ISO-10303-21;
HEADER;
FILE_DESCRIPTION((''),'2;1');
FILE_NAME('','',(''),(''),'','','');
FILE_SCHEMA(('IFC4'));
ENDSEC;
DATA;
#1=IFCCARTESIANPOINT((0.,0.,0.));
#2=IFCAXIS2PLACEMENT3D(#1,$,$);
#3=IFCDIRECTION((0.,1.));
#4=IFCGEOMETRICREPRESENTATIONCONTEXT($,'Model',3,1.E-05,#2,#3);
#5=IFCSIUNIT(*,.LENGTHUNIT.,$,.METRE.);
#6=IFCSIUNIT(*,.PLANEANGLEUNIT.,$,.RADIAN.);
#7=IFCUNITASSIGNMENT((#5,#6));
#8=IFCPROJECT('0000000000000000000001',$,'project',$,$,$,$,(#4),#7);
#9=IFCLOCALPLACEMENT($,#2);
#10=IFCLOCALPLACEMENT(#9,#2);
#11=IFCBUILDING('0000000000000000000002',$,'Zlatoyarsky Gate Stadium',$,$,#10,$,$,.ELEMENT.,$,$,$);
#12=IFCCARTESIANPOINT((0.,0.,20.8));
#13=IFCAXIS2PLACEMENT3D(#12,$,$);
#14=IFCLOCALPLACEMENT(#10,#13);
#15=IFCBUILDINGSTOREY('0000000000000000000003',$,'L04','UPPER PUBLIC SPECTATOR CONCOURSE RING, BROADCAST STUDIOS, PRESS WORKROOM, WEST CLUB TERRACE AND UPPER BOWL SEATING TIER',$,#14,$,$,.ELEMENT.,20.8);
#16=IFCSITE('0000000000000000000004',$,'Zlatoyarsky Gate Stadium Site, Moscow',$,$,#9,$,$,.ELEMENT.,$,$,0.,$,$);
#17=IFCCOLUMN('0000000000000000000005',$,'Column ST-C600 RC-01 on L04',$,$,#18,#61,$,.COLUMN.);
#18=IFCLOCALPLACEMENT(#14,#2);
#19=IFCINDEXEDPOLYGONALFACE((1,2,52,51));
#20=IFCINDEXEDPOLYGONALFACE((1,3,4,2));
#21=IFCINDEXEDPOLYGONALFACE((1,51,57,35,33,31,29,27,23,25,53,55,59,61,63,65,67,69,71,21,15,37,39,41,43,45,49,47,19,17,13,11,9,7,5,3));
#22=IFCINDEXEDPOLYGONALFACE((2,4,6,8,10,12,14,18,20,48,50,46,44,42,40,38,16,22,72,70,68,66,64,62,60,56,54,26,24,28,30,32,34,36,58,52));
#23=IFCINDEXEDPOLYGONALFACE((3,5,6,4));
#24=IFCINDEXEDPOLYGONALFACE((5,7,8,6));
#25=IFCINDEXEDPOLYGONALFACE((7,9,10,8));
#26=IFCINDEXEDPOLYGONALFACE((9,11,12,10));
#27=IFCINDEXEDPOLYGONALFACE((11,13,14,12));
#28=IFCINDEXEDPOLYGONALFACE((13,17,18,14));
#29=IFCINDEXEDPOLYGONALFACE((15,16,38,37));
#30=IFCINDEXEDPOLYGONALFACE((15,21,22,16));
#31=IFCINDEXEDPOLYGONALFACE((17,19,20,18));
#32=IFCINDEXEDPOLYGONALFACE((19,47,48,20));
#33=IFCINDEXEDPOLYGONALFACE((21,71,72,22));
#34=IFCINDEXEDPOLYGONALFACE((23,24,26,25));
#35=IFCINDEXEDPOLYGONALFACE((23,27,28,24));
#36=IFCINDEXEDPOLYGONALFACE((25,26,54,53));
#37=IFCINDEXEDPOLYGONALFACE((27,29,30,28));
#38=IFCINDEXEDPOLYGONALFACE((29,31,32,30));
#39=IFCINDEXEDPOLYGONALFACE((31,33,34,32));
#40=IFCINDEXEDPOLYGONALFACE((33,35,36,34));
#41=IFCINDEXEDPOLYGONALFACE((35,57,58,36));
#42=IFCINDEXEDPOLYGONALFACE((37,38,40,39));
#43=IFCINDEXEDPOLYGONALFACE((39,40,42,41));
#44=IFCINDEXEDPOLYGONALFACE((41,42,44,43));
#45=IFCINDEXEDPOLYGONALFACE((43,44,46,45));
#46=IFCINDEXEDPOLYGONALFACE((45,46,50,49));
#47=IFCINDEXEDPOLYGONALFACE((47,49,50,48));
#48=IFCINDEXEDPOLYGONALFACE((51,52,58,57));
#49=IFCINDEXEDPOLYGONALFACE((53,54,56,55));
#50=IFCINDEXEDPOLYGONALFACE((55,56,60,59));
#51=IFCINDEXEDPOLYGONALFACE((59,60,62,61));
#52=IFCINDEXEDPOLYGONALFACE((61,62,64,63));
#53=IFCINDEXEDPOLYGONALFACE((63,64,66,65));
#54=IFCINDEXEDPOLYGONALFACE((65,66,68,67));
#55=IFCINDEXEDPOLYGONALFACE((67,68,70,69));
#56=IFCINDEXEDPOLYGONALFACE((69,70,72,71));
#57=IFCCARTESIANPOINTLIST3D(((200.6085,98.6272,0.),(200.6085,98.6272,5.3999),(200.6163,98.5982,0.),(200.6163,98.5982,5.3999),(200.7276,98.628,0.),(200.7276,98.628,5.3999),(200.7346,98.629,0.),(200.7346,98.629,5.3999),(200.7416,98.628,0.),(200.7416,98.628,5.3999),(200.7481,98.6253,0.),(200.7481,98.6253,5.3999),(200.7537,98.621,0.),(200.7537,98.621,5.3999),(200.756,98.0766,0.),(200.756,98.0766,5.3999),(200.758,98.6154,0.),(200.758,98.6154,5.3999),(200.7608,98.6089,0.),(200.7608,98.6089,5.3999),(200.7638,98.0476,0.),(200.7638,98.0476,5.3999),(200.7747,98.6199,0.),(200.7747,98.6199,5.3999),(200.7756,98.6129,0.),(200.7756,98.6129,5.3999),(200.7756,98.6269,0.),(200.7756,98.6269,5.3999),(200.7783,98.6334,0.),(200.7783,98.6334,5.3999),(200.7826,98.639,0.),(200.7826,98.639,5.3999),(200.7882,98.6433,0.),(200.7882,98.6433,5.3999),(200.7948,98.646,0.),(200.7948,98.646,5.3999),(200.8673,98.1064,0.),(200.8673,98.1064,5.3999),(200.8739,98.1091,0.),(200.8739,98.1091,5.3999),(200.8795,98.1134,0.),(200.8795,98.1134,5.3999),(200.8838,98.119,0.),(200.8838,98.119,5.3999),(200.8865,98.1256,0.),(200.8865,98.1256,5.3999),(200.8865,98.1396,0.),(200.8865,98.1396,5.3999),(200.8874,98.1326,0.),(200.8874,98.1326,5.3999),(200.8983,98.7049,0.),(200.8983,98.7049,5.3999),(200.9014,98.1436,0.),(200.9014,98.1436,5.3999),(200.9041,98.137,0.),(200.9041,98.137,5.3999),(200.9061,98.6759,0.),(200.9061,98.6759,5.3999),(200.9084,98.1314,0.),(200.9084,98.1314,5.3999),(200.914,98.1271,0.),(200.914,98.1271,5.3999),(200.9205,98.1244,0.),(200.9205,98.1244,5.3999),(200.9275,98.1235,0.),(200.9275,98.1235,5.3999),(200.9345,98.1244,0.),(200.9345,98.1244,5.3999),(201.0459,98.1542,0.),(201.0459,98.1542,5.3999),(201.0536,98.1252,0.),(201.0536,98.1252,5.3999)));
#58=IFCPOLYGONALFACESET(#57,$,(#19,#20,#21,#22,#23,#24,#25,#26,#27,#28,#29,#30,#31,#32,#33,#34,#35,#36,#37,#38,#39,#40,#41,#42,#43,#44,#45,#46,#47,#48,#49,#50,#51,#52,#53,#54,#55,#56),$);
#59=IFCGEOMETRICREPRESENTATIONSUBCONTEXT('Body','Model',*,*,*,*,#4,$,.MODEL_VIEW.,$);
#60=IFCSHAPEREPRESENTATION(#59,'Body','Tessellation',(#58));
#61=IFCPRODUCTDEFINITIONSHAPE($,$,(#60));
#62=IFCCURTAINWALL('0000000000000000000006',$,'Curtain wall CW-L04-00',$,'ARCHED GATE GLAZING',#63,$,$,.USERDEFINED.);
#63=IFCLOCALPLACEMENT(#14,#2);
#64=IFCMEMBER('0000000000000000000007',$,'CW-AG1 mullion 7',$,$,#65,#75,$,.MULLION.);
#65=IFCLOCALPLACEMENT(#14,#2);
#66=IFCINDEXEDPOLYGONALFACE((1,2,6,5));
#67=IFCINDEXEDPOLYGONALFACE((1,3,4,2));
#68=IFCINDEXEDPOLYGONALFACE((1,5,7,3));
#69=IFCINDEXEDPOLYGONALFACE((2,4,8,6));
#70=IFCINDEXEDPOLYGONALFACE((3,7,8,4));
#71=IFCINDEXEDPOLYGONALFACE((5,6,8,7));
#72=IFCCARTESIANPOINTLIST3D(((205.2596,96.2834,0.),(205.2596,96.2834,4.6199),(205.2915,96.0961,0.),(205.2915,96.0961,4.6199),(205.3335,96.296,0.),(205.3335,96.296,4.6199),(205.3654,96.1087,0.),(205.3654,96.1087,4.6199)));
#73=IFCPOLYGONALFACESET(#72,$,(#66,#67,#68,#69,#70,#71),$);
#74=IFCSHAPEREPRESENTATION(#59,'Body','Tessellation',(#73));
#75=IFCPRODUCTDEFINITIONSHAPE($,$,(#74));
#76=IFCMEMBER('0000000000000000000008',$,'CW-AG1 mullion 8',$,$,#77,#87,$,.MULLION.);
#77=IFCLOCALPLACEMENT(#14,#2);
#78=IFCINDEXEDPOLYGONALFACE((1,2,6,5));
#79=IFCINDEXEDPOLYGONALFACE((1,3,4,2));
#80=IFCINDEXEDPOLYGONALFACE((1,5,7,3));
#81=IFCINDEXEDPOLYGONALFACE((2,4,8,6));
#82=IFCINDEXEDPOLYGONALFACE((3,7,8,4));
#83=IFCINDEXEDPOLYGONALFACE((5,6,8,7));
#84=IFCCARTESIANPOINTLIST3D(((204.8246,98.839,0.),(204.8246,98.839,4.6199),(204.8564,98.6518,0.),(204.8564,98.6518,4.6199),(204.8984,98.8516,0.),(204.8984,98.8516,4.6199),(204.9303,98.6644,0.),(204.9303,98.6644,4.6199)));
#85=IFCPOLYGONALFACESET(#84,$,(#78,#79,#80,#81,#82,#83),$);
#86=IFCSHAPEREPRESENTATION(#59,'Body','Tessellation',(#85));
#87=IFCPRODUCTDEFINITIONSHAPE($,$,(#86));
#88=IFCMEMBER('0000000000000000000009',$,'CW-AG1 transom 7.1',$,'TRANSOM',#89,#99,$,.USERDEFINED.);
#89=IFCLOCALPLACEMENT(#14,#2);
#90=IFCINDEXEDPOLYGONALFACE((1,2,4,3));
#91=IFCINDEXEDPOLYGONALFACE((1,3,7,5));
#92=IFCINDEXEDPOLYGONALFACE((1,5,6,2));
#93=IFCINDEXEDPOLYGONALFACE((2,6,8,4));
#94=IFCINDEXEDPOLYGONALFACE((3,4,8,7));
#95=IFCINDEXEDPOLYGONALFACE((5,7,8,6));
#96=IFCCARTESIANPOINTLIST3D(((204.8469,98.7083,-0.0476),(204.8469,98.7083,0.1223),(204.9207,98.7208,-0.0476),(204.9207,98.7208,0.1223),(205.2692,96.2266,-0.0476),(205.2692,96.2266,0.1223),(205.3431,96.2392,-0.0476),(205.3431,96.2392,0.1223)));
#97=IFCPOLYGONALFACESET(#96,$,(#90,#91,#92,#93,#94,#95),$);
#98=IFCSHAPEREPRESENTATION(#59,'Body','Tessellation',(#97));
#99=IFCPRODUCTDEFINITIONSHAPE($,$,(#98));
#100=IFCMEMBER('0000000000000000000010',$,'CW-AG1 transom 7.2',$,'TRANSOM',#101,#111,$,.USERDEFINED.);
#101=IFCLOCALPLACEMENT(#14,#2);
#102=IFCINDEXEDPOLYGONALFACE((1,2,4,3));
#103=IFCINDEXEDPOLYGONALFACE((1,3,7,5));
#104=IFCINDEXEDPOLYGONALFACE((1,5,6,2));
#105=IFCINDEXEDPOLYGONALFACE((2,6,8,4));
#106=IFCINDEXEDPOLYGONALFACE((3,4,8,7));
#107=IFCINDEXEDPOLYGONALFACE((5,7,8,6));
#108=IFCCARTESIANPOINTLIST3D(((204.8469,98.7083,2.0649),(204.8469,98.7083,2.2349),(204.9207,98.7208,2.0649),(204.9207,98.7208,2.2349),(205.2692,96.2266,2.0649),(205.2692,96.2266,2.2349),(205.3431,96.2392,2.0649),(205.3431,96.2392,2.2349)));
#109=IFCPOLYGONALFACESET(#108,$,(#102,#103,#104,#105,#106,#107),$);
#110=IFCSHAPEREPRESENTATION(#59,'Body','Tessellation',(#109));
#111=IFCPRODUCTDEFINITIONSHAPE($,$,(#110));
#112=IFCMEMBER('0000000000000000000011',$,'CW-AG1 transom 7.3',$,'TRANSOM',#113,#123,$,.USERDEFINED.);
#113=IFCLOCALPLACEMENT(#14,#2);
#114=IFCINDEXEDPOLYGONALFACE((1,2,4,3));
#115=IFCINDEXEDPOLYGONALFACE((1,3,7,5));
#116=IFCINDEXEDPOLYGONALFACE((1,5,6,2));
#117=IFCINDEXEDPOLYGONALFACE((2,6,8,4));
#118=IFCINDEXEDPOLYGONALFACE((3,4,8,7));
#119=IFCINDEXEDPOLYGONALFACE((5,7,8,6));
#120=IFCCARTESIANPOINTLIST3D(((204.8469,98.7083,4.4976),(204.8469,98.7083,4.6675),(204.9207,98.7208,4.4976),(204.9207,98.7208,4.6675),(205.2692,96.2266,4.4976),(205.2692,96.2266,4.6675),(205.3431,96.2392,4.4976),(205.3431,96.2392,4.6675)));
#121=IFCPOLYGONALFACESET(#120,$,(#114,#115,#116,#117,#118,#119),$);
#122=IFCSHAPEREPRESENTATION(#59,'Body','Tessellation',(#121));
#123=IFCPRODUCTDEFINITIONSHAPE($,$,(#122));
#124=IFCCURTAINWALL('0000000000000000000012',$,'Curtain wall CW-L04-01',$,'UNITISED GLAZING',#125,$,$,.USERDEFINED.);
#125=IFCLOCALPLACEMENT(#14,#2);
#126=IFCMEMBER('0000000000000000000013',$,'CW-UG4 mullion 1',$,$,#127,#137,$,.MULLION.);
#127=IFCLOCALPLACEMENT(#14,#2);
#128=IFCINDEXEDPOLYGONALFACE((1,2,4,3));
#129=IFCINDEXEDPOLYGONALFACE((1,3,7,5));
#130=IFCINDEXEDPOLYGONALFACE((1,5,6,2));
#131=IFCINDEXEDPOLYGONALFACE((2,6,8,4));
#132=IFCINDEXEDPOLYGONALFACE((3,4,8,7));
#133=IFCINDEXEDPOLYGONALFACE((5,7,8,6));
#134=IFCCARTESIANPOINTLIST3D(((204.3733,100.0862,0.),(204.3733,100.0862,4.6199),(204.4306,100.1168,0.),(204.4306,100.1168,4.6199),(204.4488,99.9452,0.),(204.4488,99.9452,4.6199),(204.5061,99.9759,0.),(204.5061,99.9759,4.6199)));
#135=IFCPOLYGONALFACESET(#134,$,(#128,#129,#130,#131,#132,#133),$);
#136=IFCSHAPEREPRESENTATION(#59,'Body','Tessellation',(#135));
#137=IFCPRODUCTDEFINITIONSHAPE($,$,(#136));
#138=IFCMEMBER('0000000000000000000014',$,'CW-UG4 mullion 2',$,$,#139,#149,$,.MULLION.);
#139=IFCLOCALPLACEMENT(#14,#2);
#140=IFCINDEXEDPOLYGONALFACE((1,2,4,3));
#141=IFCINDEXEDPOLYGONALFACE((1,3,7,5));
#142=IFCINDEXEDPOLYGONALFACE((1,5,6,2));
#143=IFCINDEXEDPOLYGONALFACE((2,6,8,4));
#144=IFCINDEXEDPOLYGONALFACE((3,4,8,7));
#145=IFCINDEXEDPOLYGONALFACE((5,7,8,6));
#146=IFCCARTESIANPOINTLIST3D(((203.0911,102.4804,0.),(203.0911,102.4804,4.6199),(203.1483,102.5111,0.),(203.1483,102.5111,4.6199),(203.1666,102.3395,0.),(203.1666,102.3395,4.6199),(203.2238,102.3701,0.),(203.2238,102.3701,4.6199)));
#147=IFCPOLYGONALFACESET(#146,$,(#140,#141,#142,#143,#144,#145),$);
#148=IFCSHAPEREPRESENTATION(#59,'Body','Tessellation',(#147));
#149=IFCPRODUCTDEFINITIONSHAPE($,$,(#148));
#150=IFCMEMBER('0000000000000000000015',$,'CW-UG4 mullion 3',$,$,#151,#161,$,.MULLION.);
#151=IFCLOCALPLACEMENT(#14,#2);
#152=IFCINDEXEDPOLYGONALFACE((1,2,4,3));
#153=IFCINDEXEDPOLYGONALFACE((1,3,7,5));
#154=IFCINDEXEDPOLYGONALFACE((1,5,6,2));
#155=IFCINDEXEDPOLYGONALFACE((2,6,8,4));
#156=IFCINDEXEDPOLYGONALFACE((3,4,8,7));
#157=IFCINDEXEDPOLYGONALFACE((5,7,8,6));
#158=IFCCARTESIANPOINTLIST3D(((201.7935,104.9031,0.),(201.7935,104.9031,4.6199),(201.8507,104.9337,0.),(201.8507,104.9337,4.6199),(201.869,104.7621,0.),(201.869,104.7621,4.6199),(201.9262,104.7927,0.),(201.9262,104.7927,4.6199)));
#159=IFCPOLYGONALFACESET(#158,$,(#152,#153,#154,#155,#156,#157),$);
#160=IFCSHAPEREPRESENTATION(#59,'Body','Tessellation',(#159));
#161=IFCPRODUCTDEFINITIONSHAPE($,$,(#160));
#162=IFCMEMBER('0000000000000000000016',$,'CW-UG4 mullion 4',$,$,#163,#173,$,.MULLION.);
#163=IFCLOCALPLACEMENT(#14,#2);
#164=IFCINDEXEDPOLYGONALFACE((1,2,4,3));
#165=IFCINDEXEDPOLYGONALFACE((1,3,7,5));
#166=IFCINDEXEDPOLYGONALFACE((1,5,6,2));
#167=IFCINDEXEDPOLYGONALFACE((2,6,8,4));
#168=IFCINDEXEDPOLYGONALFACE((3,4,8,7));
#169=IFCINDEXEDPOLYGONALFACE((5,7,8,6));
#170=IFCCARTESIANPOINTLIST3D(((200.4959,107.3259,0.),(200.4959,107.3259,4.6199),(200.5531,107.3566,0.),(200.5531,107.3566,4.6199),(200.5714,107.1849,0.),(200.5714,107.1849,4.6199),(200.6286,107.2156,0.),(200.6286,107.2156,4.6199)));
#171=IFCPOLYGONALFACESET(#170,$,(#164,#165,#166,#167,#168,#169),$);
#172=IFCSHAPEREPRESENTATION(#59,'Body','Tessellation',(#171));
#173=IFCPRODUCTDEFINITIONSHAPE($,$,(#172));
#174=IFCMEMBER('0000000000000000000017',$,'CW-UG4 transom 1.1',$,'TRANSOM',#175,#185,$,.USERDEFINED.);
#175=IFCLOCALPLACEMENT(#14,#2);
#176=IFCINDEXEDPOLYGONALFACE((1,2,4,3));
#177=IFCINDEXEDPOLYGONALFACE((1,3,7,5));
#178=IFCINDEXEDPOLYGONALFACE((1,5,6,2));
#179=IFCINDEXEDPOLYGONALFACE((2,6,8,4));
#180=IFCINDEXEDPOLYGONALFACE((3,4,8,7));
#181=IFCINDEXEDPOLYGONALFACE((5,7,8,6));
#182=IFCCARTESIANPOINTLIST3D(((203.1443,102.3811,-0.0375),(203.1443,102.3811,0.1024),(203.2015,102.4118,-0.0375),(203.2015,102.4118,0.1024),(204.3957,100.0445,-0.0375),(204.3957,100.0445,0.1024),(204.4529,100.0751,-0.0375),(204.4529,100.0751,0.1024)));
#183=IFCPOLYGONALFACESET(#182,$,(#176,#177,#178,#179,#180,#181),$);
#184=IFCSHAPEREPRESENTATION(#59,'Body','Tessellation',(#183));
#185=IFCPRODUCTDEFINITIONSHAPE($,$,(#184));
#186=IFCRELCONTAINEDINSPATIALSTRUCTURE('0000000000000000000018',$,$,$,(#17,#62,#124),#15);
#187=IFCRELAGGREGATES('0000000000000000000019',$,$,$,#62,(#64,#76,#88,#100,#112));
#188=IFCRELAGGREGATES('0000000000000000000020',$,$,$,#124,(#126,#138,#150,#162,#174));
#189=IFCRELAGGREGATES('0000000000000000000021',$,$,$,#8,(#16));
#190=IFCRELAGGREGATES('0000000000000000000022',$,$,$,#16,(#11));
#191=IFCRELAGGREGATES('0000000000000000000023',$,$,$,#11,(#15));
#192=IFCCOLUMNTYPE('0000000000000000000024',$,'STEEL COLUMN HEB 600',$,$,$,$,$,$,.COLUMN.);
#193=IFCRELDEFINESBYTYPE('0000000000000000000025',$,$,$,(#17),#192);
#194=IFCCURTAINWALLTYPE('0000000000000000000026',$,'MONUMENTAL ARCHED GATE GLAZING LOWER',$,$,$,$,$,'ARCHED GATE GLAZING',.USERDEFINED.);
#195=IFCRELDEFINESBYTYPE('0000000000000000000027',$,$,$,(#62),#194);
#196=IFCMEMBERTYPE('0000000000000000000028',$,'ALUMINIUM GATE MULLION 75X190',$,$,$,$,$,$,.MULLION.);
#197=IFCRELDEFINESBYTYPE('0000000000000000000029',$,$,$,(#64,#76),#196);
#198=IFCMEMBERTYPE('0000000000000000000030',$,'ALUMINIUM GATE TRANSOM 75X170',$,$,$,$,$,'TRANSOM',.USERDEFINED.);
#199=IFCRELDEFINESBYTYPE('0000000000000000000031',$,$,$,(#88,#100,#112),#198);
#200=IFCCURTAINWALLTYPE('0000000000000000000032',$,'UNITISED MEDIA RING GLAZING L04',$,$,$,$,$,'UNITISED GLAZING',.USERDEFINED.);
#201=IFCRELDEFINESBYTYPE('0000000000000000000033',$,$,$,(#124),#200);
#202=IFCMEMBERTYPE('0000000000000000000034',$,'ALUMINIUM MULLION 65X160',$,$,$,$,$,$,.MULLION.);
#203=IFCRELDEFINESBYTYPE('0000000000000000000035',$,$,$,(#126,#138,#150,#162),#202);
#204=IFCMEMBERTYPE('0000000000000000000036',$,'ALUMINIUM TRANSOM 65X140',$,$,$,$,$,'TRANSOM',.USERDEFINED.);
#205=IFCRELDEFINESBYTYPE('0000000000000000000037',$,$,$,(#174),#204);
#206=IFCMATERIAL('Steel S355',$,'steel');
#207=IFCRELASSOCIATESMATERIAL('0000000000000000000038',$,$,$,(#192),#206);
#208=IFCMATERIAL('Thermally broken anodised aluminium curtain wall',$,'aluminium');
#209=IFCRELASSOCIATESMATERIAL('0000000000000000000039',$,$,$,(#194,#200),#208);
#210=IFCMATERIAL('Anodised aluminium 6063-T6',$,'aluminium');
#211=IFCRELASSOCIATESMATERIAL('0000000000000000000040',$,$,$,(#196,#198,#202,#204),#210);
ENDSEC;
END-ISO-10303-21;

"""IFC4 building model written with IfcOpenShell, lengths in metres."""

from ifc_helpers import new_model, si_unit, direction, frame, origin, origin_2d, place, context, subcontext, project, spatial, rectangle, i_section, extrude, material, material_profile, profile_set, type_object, element, aggregate, save


model = new_model("IFC4")

# Units and contexts
model_context = context("Model", 3, precision=1e-05, world=origin(), true_north=direction((0.0, 1.0)))
body_context = subcontext(model_context, "Body", "Model", "MODEL_VIEW")
ifc_project = project(units=[si_unit("LENGTHUNIT", "METRE"), si_unit("PLANEANGLEUNIT", "RADIAN")], contexts=[model_context])

# Site, building, storey
site_placement = place(None, origin())
site = spatial("IfcSite", under=ifc_project, at=site_placement, Name="Zlatoyarsky Gate Stadium Site, Moscow", CompositionType="ELEMENT", RefElevation=0.0)
building_placement = place(site_placement, origin())
building = spatial("IfcBuilding", under=site, at=building_placement, Name="Zlatoyarsky Gate Stadium", CompositionType="ELEMENT")
storey_placement = place(building_placement, frame((0.0, 0.0, 20.8)))
storey = spatial("IfcBuildingStorey", under=building, at=storey_placement, Name="L04", Description="UPPER PUBLIC SPECTATOR CONCOURSE RING, BROADCAST STUDIOS, PRESS WORKROOM, WEST CLUB TERRACE AND UPPER BOWL SEATING TIER", CompositionType="ELEMENT", Elevation=20.8)

# Column
ifc_material_1 = material(Name="Steel S355", Category="steel")
ifc_material_profile_1 = material_profile(ifc_material_1, i_section(OverallWidth=0.3, OverallDepth=0.6001, WebThickness=0.0154, FlangeThickness=0.03, FilletRadius=0.0271, at=origin_2d()), Name="HEB 600")
ifc_profile_set_1 = profile_set([ifc_material_profile_1], Name="Steel S355")
column_type = type_object("IfcColumnType", Name="STEEL COLUMN HEB 600", PredefinedType="COLUMN", material=ifc_profile_set_1)
column_placement = place(storey_placement, frame((200.8311, 98.3762, 0.0), z_axis=(0.0, 0.0, 1.0), x_axis=(0.965926, 0.258819, 0.0)))
element("IfcColumn", 1, at=column_placement, inside=storey, type_object=column_type, Name="Column ST-C600 RC-01 on L04", PredefinedType="COLUMN", context=body_context, shape_type="SweptSolid", body=[
    extrude(i_section(OverallWidth=0.3, OverallDepth=0.6001, WebThickness=0.0154, FlangeThickness=0.03, FilletRadius=0.0271, at=origin_2d()), origin(), (0.0, 0.0, 1.0), 5.3999),
])

# Curtain walls, members
ifc_material_2 = material(Name="Thermally broken anodised aluminium curtain wall", Category="aluminium")
curtain_wall_type_1 = type_object("IfcCurtainWallType", Name="MONUMENTAL ARCHED GATE GLAZING LOWER", ElementType="ARCHED GATE GLAZING", PredefinedType="USERDEFINED", material=ifc_material_2)
curtain_wall_1_placement = place(storey_placement, origin())
curtain_wall_1 = element("IfcCurtainWall", 2, at=curtain_wall_1_placement, inside=storey, type_object=curtain_wall_type_1, Name="Curtain wall CW-L04-00", ObjectType="ARCHED GATE GLAZING", PredefinedType="USERDEFINED")
ifc_material_3 = material(Name="Anodised aluminium 6063-T6", Category="aluminium")
ifc_material_profile_2 = material_profile(ifc_material_3, rectangle(XDim=0.075, YDim=0.1899, at=origin_2d()), Name="ALU 75X190")
ifc_profile_set_2 = profile_set([ifc_material_profile_2], Name="Anodised aluminium 6063-T6")
member_type_1 = type_object("IfcMemberType", Name="ALUMINIUM GATE MULLION 75X190", PredefinedType="MULLION", material=ifc_profile_set_2)
member_1_placement = place(storey_placement, frame((205.3125, 96.196, 0.0), z_axis=(0.0, 0.0, 1.0), x_axis=(-0.985817, -0.167821, 0.0)))
member_1 = element("IfcMember", 3, at=member_1_placement, type_object=member_type_1, Name="CW-AG1 mullion 7", PredefinedType="MULLION", context=body_context, shape_type="SweptSolid", body=[
    extrude(rectangle(XDim=0.075, YDim=0.1899, at=origin_2d()), origin(), (0.0, 0.0, 1.0), 4.6199),
])
member_2_placement = place(storey_placement, frame((204.8774, 98.7517, 0.0), z_axis=(0.0, 0.0, 1.0), x_axis=(-0.985817, -0.167821, 0.0)))
member_2 = element("IfcMember", 4, at=member_2_placement, type_object=member_type_1, Name="CW-AG1 mullion 8", PredefinedType="MULLION", context=body_context, shape_type="SweptSolid", body=[
    extrude(rectangle(XDim=0.075, YDim=0.1899, at=origin_2d()), origin(), (0.0, 0.0, 1.0), 4.6199),
])
ifc_material_profile_3 = material_profile(ifc_material_3, rectangle(XDim=0.075, YDim=0.1699, at=origin_2d()), Name="ALU 75X170")
ifc_profile_set_3 = profile_set([ifc_material_profile_3], Name="Anodised aluminium 6063-T6")
member_type_2 = type_object("IfcMemberType", Name="ALUMINIUM GATE TRANSOM 75X170", ElementType="TRANSOM", PredefinedType="USERDEFINED", material=ifc_profile_set_3)
member_3_placement = place(storey_placement, frame((205.3062, 96.2329, 0.0374), z_axis=(-0.167779, 0.985825, 0.0), x_axis=(-0.985825, -0.167779, 0.0)))
member_3 = element("IfcMember", 5, at=member_3_placement, type_object=member_type_2, Name="CW-AG1 transom 7.1", ObjectType="TRANSOM", PredefinedType="USERDEFINED", context=body_context, shape_type="SweptSolid", body=[
    extrude(rectangle(XDim=0.075, YDim=0.1699, at=origin_2d()), origin(), (0.0, 0.0, 1.0), 2.5173),
])
member_4_placement = place(storey_placement, frame((205.3062, 96.2329, 2.1499), z_axis=(-0.167779, 0.985825, 0.0), x_axis=(-0.985825, -0.167779, 0.0)))
member_4 = element("IfcMember", 6, at=member_4_placement, type_object=member_type_2, Name="CW-AG1 transom 7.2", ObjectType="TRANSOM", PredefinedType="USERDEFINED", context=body_context, shape_type="SweptSolid", body=[
    extrude(rectangle(XDim=0.075, YDim=0.1699, at=origin_2d()), origin(), (0.0, 0.0, 1.0), 2.5173),
])
member_5_placement = place(storey_placement, frame((205.3062, 96.2329, 4.5825), z_axis=(-0.167779, 0.985825, 0.0), x_axis=(-0.985825, -0.167779, 0.0)))
member_5 = element("IfcMember", 7, at=member_5_placement, type_object=member_type_2, Name="CW-AG1 transom 7.3", ObjectType="TRANSOM", PredefinedType="USERDEFINED", context=body_context, shape_type="SweptSolid", body=[
    extrude(rectangle(XDim=0.075, YDim=0.1699, at=origin_2d()), origin(), (0.0, 0.0, 1.0), 2.5173),
])
curtain_wall_type_2 = type_object("IfcCurtainWallType", Name="UNITISED MEDIA RING GLAZING L04", ElementType="UNITISED GLAZING", PredefinedType="USERDEFINED", material=ifc_material_2)
curtain_wall_2_placement = place(storey_placement, origin())
curtain_wall_2 = element("IfcCurtainWall", 8, at=curtain_wall_2_placement, inside=storey, type_object=curtain_wall_type_2, Name="Curtain wall CW-L04-01", ObjectType="UNITISED GLAZING", PredefinedType="USERDEFINED")
ifc_material_profile_4 = material_profile(ifc_material_3, rectangle(XDim=0.0649, YDim=0.1599, at=origin_2d()), Name="ALU 65X160")
ifc_profile_set_4 = profile_set([ifc_material_profile_4], Name="Anodised aluminium 6063-T6")
member_type_3 = type_object("IfcMemberType", Name="ALUMINIUM MULLION 65X160", PredefinedType="MULLION", material=ifc_profile_set_4)
member_6_placement = place(storey_placement, frame((204.4397, 100.031, 0.0), z_axis=(0.0, 0.0, 1.0), x_axis=(-0.881521, -0.472145, 0.0)))
member_6 = element("IfcMember", 9, at=member_6_placement, type_object=member_type_3, Name="CW-UG4 mullion 1", PredefinedType="MULLION", context=body_context, shape_type="SweptSolid", body=[
    extrude(rectangle(XDim=0.0649, YDim=0.1599, at=origin_2d()), origin(), (0.0, 0.0, 1.0), 4.6199),
])
member_7_placement = place(storey_placement, frame((203.1575, 102.4253, 0.0), z_axis=(0.0, 0.0, 1.0), x_axis=(-0.881521, -0.472145, 0.0)))
member_7 = element("IfcMember", 10, at=member_7_placement, type_object=member_type_3, Name="CW-UG4 mullion 2", PredefinedType="MULLION", context=body_context, shape_type="SweptSolid", body=[
    extrude(rectangle(XDim=0.0649, YDim=0.1599, at=origin_2d()), origin(), (0.0, 0.0, 1.0), 4.6199),
])
member_8_placement = place(storey_placement, frame((201.8599, 104.8479, 0.0), z_axis=(0.0, 0.0, 1.0), x_axis=(-0.881521, -0.472145, 0.0)))
member_8 = element("IfcMember", 11, at=member_8_placement, type_object=member_type_3, Name="CW-UG4 mullion 3", PredefinedType="MULLION", context=body_context, shape_type="SweptSolid", body=[
    extrude(rectangle(XDim=0.0649, YDim=0.1599, at=origin_2d()), origin(), (0.0, 0.0, 1.0), 4.6199),
])
member_9_placement = place(storey_placement, frame((200.5623, 107.2708, 0.0), z_axis=(0.0, 0.0, 1.0), x_axis=(-0.881521, -0.472145, 0.0)))
member_9 = element("IfcMember", 12, at=member_9_placement, type_object=member_type_3, Name="CW-UG4 mullion 4", PredefinedType="MULLION", context=body_context, shape_type="SweptSolid", body=[
    extrude(rectangle(XDim=0.0649, YDim=0.1599, at=origin_2d()), origin(), (0.0, 0.0, 1.0), 4.6199),
])
ifc_material_profile_5 = material_profile(ifc_material_3, rectangle(XDim=0.0649, YDim=0.1399, at=origin_2d()), Name="ALU 65X140")
ifc_profile_set_5 = profile_set([ifc_material_profile_5], Name="Anodised aluminium 6063-T6")
member_type_4 = type_object("IfcMemberType", Name="ALUMINIUM TRANSOM 65X140", ElementType="TRANSOM", PredefinedType="USERDEFINED", material=ifc_profile_set_5)
member_10_placement = place(storey_placement, frame((204.4243, 100.0598, 0.0325), z_axis=(-0.472127, 0.881531, 0.0), x_axis=(-0.881531, -0.472127, 0.0)))
member_10 = element("IfcMember", 13, at=member_10_placement, type_object=member_type_4, Name="CW-UG4 transom 1.1", ObjectType="TRANSOM", PredefinedType="USERDEFINED", context=body_context, shape_type="SweptSolid", body=[
    extrude(rectangle(XDim=0.0649, YDim=0.1399, at=origin_2d()), origin(), (0.0, 0.0, 1.0), 2.6506),
])

aggregate(curtain_wall_1, [member_1, member_2, member_3, member_4, member_5])

aggregate(curtain_wall_2, [member_6, member_7, member_8, member_9, member_10])

save(model, "model.ifc")
